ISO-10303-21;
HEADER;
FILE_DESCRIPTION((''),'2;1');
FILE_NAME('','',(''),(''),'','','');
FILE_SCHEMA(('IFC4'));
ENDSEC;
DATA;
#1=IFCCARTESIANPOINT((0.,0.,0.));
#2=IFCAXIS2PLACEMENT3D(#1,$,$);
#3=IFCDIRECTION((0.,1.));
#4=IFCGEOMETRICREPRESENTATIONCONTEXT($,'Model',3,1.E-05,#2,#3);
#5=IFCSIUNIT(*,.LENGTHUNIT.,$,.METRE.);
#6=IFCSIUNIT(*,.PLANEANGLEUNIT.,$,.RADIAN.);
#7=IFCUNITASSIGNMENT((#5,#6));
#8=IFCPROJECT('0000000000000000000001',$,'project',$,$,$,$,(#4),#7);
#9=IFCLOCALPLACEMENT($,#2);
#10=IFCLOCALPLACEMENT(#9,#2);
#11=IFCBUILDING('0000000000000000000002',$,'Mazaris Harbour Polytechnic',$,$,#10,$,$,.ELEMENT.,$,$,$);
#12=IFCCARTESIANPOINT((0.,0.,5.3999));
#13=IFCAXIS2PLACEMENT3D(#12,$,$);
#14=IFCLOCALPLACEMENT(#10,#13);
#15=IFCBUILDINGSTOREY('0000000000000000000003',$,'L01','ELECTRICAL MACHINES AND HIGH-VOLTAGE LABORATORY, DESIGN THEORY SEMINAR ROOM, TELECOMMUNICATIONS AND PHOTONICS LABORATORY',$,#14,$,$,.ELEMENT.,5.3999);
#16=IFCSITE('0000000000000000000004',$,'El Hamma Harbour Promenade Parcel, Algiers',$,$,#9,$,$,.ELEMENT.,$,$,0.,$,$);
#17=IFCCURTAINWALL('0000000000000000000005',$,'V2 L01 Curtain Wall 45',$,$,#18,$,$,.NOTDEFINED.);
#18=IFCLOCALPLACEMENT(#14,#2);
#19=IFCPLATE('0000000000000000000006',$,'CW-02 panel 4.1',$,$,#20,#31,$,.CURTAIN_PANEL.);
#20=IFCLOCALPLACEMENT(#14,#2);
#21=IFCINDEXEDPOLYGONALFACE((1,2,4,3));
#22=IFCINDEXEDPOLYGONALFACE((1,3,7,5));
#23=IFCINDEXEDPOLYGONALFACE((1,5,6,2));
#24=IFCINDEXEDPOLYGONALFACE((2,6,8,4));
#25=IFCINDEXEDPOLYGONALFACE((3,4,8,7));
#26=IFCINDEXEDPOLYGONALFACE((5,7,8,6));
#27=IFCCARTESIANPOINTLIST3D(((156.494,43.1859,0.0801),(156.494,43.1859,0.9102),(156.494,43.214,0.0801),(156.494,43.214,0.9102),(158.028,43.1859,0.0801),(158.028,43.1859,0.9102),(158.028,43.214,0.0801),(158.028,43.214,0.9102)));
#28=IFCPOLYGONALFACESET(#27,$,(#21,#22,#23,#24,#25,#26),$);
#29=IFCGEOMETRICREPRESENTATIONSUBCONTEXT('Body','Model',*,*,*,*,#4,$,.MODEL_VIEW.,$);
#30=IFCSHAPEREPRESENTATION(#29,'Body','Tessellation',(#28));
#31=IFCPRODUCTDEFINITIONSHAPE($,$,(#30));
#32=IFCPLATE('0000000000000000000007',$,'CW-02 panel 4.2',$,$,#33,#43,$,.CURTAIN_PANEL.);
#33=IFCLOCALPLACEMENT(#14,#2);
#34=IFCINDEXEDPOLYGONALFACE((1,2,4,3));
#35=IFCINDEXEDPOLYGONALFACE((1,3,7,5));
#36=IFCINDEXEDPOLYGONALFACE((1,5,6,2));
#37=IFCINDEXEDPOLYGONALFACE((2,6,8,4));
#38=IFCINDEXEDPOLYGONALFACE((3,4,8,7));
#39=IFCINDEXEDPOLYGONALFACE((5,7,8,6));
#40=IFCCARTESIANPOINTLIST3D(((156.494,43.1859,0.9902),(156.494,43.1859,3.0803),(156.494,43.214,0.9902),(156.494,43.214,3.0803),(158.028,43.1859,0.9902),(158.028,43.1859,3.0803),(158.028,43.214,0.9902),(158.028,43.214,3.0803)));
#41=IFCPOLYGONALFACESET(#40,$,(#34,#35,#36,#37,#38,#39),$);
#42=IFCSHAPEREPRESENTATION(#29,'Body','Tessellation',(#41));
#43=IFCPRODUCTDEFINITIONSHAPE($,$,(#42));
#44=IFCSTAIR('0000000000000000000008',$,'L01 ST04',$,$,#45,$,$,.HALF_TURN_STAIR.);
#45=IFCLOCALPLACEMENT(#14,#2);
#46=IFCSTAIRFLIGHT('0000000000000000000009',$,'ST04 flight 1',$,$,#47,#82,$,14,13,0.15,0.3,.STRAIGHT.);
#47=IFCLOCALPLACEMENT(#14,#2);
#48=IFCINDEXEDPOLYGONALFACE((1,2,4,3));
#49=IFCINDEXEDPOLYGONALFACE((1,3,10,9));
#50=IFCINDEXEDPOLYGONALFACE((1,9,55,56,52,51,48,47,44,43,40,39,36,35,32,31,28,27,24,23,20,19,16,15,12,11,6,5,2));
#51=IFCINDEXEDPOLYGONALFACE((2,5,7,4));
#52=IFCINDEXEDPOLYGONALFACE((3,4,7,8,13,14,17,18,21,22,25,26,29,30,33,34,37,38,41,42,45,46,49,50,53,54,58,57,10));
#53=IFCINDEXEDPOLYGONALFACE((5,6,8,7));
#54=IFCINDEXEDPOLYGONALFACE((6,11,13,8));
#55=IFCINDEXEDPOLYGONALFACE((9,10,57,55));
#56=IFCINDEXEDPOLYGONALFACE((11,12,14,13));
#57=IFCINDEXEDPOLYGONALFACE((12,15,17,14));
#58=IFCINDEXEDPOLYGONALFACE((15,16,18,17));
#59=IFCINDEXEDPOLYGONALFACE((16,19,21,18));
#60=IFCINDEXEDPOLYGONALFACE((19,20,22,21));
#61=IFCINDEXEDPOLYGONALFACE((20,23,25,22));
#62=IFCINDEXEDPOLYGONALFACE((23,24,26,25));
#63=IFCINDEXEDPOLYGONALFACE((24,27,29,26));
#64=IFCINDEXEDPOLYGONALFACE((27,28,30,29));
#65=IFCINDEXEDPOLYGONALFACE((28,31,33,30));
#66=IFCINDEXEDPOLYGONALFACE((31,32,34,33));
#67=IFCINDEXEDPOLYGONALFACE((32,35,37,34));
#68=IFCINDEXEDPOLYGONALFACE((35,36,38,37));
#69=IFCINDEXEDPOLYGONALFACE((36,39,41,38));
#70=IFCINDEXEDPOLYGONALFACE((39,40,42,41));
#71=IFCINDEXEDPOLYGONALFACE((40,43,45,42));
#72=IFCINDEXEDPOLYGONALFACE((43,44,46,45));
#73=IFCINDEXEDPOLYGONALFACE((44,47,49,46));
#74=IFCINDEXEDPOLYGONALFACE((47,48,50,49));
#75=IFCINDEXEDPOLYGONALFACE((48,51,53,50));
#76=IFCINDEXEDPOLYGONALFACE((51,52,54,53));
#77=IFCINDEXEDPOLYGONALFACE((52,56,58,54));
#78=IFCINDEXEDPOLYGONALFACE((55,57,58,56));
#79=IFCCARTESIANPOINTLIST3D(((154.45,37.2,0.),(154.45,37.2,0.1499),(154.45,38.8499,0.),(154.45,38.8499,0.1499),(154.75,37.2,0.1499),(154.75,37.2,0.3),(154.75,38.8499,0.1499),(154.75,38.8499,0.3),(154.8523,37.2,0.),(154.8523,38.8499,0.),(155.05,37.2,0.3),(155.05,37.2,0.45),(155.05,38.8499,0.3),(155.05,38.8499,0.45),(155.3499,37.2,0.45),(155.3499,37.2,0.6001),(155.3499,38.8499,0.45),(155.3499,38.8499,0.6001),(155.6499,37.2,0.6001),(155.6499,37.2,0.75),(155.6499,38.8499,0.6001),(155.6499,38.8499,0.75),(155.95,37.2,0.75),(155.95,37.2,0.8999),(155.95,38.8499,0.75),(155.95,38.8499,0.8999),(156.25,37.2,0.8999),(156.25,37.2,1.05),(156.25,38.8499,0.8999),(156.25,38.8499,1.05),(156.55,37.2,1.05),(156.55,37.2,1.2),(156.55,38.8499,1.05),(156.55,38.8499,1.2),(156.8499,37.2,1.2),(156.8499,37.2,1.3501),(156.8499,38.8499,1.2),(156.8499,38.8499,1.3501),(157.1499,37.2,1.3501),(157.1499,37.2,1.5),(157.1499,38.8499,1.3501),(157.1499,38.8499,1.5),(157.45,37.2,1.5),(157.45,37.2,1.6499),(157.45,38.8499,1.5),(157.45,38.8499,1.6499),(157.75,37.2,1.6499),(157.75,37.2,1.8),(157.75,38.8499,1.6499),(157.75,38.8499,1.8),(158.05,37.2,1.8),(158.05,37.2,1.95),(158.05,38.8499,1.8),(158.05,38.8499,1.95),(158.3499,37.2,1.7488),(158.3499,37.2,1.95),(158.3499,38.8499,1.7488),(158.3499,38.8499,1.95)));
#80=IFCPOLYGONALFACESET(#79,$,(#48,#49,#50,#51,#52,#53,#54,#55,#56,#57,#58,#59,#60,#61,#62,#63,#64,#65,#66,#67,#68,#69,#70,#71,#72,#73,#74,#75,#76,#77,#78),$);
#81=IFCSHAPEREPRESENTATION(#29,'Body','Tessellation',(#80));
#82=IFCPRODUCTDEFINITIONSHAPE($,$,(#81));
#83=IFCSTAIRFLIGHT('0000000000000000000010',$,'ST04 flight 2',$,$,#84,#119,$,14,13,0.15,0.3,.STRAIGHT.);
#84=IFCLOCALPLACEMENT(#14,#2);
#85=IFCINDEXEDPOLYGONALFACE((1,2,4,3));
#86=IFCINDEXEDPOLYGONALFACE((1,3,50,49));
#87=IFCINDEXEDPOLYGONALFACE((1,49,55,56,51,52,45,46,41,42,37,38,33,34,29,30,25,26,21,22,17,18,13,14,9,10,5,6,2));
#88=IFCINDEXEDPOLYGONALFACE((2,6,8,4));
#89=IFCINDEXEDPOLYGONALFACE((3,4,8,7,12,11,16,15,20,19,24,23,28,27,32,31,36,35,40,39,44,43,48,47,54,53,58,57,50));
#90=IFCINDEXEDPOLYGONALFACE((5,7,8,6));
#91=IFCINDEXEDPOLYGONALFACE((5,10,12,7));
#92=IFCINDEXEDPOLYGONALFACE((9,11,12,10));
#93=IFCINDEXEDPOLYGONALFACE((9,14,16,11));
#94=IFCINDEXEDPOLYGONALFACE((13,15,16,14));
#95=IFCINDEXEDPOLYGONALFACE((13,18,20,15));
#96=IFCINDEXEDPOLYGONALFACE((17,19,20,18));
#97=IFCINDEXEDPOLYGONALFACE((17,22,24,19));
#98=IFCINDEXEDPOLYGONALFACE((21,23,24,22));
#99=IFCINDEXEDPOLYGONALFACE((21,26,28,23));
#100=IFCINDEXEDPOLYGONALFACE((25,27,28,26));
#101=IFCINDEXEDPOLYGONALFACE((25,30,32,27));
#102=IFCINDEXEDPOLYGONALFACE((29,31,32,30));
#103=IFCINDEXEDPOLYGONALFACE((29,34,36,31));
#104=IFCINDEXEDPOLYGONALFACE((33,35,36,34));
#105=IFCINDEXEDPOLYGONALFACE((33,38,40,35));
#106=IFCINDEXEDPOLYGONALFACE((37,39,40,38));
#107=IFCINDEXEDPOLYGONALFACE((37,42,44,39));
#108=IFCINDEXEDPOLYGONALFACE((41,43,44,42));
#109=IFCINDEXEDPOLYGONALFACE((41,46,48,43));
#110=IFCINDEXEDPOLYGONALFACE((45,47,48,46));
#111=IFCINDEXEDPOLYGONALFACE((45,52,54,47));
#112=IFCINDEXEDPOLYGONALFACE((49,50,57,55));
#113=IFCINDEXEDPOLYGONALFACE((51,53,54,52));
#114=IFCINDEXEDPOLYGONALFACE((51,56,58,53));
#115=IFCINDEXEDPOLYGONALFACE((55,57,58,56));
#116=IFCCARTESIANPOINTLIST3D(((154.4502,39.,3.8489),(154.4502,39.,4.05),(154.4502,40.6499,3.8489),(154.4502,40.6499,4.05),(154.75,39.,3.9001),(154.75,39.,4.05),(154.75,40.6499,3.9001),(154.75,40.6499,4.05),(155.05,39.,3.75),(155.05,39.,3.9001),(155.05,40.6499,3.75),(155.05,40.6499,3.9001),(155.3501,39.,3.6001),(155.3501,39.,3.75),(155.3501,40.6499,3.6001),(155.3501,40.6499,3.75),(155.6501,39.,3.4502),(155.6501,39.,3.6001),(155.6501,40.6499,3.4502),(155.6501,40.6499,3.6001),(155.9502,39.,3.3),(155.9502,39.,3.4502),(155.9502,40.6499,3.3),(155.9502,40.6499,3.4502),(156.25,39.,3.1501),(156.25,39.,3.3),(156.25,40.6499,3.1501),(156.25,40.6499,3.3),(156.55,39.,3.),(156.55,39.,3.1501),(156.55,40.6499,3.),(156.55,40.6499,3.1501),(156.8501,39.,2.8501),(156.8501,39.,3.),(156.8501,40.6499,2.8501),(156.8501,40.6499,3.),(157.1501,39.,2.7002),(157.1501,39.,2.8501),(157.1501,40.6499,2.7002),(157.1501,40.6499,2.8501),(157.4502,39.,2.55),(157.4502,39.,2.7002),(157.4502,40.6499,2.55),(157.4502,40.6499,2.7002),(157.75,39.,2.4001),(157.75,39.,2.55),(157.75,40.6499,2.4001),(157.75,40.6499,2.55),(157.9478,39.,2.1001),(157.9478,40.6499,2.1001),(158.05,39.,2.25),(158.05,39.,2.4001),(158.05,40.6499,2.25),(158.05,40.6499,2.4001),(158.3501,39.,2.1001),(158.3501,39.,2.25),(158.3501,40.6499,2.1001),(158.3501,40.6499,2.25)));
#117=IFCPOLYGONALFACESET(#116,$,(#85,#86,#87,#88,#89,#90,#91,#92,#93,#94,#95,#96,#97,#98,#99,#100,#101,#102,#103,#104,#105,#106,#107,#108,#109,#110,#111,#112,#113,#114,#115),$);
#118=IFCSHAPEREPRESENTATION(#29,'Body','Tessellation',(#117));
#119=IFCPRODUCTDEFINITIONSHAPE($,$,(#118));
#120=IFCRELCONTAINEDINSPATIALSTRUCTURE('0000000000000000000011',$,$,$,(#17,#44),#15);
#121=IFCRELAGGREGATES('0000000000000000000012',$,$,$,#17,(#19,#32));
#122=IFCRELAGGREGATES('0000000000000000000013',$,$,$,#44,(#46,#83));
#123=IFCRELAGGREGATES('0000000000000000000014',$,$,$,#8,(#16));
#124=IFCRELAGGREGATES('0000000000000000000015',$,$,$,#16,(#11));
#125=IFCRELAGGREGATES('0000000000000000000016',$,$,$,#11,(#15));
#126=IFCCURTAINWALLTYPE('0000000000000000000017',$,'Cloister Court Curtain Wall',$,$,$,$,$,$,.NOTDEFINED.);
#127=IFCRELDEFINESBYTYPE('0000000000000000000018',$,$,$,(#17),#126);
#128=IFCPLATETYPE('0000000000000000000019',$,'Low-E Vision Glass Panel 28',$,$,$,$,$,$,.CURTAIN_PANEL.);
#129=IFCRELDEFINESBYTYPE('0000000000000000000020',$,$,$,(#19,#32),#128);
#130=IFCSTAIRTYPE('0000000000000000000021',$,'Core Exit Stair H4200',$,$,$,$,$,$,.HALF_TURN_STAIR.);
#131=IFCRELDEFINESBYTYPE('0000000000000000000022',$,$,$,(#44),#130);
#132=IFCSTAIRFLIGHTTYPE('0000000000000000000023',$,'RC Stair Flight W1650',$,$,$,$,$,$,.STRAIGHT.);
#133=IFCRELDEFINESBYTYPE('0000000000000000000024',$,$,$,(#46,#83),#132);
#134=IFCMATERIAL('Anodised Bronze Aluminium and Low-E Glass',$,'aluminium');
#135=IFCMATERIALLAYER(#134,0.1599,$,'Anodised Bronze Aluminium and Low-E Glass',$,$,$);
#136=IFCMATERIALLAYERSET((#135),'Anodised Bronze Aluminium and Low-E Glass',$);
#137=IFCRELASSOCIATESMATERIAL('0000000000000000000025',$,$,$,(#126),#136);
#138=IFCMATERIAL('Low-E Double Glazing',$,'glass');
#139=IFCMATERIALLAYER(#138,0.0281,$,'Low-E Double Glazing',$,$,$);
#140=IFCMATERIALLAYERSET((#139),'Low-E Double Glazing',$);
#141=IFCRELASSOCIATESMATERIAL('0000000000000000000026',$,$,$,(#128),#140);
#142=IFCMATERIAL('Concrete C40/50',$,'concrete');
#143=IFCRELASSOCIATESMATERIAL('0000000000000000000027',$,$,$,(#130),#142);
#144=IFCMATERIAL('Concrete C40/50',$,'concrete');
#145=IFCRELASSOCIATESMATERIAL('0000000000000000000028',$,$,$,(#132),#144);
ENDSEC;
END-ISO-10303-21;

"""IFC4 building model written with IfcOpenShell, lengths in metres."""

from ifc_helpers import new_model, si_unit, direction, frame, origin, origin_2d, place, context, subcontext, project, spatial, polyline, rectangle, outline, extrude, material, layer, layer_set, type_object, element, aggregate, save


model = new_model("IFC4")

# Units and contexts
model_context = context("Model", 3, precision=1e-05, world=origin(), true_north=direction((0.0, 1.0)))
body_context = subcontext(model_context, "Body", "Model", "MODEL_VIEW")
ifc_project = project(units=[si_unit("LENGTHUNIT", "METRE"), si_unit("PLANEANGLEUNIT", "RADIAN")], contexts=[model_context])

# Site, building, storey
site_placement = place(None, origin())
site = spatial("IfcSite", under=ifc_project, at=site_placement, Name="El Hamma Harbour Promenade Parcel, Algiers", CompositionType="ELEMENT", RefElevation=0.0)
building_placement = place(site_placement, origin())
building = spatial("IfcBuilding", under=site, at=building_placement, Name="Mazaris Harbour Polytechnic", CompositionType="ELEMENT")
storey_placement = place(building_placement, frame((0.0, 0.0, 5.3999)))
storey = spatial("IfcBuildingStorey", under=building, at=storey_placement, Name="L01", Description="ELECTRICAL MACHINES AND HIGH-VOLTAGE LABORATORY, DESIGN THEORY SEMINAR ROOM, TELECOMMUNICATIONS AND PHOTONICS LABORATORY", CompositionType="ELEMENT", Elevation=5.3999)

# Curtain wall, plates
ifc_material_1 = material(Name="Anodised Bronze Aluminium and Low-E Glass", Category="aluminium")
ifc_layer_1 = layer(ifc_material_1, 0.1599, Name="Anodised Bronze Aluminium and Low-E Glass")
ifc_layer_set_1 = layer_set([ifc_layer_1], Name="Anodised Bronze Aluminium and Low-E Glass")
curtain_wall_type = type_object("IfcCurtainWallType", Name="Cloister Court Curtain Wall", PredefinedType="NOTDEFINED", material=ifc_layer_set_1)
curtain_wall_placement = place(storey_placement, origin())
curtain_wall = element("IfcCurtainWall", 1, at=curtain_wall_placement, inside=storey, type_object=curtain_wall_type, Name="V2 L01 Curtain Wall 45", PredefinedType="NOTDEFINED")
ifc_material_2 = material(Name="Low-E Double Glazing", Category="glass")
ifc_layer_2 = layer(ifc_material_2, 0.0281, Name="Low-E Double Glazing")
ifc_layer_set_2 = layer_set([ifc_layer_2], Name="Low-E Double Glazing")
plate_type = type_object("IfcPlateType", Name="Low-E Vision Glass Panel 28", PredefinedType="CURTAIN_PANEL", material=ifc_layer_set_2)
plate_1_placement = place(storey_placement, frame((157.261, 43.2, 0.0801), z_axis=(0.0, 0.0, 1.0), x_axis=(1.0, 0.0, 0.0)))
plate_1 = element("IfcPlate", 2, at=plate_1_placement, type_object=plate_type, Name="CW-02 panel 4.1", PredefinedType="CURTAIN_PANEL", context=body_context, shape_type="SweptSolid", body=[
    extrude(rectangle(XDim=1.5339, YDim=0.0281, at=origin_2d()), origin(), (0.0, 0.0, 1.0), 0.8301),
])
plate_2_placement = place(storey_placement, frame((157.261, 43.2, 0.9902), z_axis=(0.0, 0.0, 1.0), x_axis=(1.0, 0.0, 0.0)))
plate_2 = element("IfcPlate", 3, at=plate_2_placement, type_object=plate_type, Name="CW-02 panel 4.2", PredefinedType="CURTAIN_PANEL", context=body_context, shape_type="SweptSolid", body=[
    extrude(rectangle(XDim=1.5339, YDim=0.0281, at=origin_2d()), origin(), (0.0, 0.0, 1.0), 2.0901),
])
aggregate(curtain_wall, [plate_1, plate_2])

# Stair, stair flights
ifc_material_3 = material(Name="Concrete C40/50", Category="concrete")
stair_type = type_object("IfcStairType", Name="Core Exit Stair H4200", PredefinedType="HALF_TURN_STAIR", material=ifc_material_3)
stair_placement = place(storey_placement, origin())
stair = element("IfcStair", 4, at=stair_placement, inside=storey, type_object=stair_type, Name="L01 ST04", PredefinedType="HALF_TURN_STAIR")
ifc_material_4 = material(Name="Concrete C40/50", Category="concrete")
stair_flight_type = type_object("IfcStairFlightType", Name="RC Stair Flight W1650", PredefinedType="STRAIGHT", material=ifc_material_4)
stair_flight_1_placement = place(storey_placement, frame((154.45, 38.0249, 0.0), z_axis=(0.0, 0.0, 1.0), x_axis=(1.0, 0.0, 0.0)))
stair_flight_1 = element("IfcStairFlight", 5, at=stair_flight_1_placement, type_object=stair_flight_type, Name="ST04 flight 1", NumberOfRisers=14, NumberOfTreads=13, PredefinedType="STRAIGHT", RiserHeight=0.15, TreadLength=0.3, context=body_context, shape_type="SweptSolid", body=[
    extrude(outline(polyline([(0.0, 0.0), (0.0, 0.1499), (0.3, 0.1499), (0.3, 0.3), (0.6001, 0.3), (0.6001, 0.45), (0.8999, 0.45), (0.8999, 0.6001), (1.2, 0.6001), (1.2, 0.75), (1.5, 0.75), (1.5, 0.8999), (1.8, 0.8999), (1.8, 1.05), (2.1001, 1.05), (2.1001, 1.2), (2.3999, 1.2), (2.3999, 1.3501), (2.7, 1.3501), (2.7, 1.5), (3.0, 1.5), (3.0, 1.6499), (3.3, 1.6499), (3.3, 1.8), (3.6001, 1.8), (3.6001, 1.95), (3.8999, 1.95), (3.8999, 2.1001), (3.8999, 1.7488), (0.4023, 0.0), (0.0, 0.0)])), frame((0.0, 0.825, 0.0), z_axis=(0.0, -1.0, 0.0), x_axis=(1.0, 0.0, 0.0)), (0.0, 0.0, 1.0), 1.6499),
])
stair_flight_2_placement = place(storey_placement, frame((158.3501, 39.825, 2.1001), z_axis=(0.0, 0.0, 1.0), x_axis=(-1.0, 0.0, 0.0)))
stair_flight_2 = element("IfcStairFlight", 6, at=stair_flight_2_placement, type_object=stair_flight_type, Name="ST04 flight 2", NumberOfRisers=14, NumberOfTreads=13, PredefinedType="STRAIGHT", RiserHeight=0.15, TreadLength=0.3, context=body_context, shape_type="SweptSolid", body=[
    extrude(outline(polyline([(0.0, 0.0), (0.0, 0.1499), (0.3, 0.1499), (0.3, 0.3), (0.6001, 0.3), (0.6001, 0.45), (0.8999, 0.45), (0.8999, 0.6001), (1.2, 0.6001), (1.2, 0.75), (1.5, 0.75), (1.5, 0.8999), (1.8, 0.8999), (1.8, 1.05), (2.1001, 1.05), (2.1001, 1.2), (2.3999, 1.2), (2.3999, 1.3501), (2.7, 1.3501), (2.7, 1.5), (3.0, 1.5), (3.0, 1.6499), (3.3, 1.6499), (3.3, 1.8), (3.6001, 1.8), (3.6001, 1.95), (3.8999, 1.95), (3.8999, 2.1001), (3.8999, 1.7488), (0.4023, 0.0), (0.0, 0.0)])), frame((0.0, 0.825, 0.0), z_axis=(0.0, -1.0, 0.0), x_axis=(1.0, 0.0, 0.0)), (0.0, 0.0, 1.0), 1.6499),
])
aggregate(stair, [stair_flight_1, stair_flight_2])

save(model, "model.ifc")
